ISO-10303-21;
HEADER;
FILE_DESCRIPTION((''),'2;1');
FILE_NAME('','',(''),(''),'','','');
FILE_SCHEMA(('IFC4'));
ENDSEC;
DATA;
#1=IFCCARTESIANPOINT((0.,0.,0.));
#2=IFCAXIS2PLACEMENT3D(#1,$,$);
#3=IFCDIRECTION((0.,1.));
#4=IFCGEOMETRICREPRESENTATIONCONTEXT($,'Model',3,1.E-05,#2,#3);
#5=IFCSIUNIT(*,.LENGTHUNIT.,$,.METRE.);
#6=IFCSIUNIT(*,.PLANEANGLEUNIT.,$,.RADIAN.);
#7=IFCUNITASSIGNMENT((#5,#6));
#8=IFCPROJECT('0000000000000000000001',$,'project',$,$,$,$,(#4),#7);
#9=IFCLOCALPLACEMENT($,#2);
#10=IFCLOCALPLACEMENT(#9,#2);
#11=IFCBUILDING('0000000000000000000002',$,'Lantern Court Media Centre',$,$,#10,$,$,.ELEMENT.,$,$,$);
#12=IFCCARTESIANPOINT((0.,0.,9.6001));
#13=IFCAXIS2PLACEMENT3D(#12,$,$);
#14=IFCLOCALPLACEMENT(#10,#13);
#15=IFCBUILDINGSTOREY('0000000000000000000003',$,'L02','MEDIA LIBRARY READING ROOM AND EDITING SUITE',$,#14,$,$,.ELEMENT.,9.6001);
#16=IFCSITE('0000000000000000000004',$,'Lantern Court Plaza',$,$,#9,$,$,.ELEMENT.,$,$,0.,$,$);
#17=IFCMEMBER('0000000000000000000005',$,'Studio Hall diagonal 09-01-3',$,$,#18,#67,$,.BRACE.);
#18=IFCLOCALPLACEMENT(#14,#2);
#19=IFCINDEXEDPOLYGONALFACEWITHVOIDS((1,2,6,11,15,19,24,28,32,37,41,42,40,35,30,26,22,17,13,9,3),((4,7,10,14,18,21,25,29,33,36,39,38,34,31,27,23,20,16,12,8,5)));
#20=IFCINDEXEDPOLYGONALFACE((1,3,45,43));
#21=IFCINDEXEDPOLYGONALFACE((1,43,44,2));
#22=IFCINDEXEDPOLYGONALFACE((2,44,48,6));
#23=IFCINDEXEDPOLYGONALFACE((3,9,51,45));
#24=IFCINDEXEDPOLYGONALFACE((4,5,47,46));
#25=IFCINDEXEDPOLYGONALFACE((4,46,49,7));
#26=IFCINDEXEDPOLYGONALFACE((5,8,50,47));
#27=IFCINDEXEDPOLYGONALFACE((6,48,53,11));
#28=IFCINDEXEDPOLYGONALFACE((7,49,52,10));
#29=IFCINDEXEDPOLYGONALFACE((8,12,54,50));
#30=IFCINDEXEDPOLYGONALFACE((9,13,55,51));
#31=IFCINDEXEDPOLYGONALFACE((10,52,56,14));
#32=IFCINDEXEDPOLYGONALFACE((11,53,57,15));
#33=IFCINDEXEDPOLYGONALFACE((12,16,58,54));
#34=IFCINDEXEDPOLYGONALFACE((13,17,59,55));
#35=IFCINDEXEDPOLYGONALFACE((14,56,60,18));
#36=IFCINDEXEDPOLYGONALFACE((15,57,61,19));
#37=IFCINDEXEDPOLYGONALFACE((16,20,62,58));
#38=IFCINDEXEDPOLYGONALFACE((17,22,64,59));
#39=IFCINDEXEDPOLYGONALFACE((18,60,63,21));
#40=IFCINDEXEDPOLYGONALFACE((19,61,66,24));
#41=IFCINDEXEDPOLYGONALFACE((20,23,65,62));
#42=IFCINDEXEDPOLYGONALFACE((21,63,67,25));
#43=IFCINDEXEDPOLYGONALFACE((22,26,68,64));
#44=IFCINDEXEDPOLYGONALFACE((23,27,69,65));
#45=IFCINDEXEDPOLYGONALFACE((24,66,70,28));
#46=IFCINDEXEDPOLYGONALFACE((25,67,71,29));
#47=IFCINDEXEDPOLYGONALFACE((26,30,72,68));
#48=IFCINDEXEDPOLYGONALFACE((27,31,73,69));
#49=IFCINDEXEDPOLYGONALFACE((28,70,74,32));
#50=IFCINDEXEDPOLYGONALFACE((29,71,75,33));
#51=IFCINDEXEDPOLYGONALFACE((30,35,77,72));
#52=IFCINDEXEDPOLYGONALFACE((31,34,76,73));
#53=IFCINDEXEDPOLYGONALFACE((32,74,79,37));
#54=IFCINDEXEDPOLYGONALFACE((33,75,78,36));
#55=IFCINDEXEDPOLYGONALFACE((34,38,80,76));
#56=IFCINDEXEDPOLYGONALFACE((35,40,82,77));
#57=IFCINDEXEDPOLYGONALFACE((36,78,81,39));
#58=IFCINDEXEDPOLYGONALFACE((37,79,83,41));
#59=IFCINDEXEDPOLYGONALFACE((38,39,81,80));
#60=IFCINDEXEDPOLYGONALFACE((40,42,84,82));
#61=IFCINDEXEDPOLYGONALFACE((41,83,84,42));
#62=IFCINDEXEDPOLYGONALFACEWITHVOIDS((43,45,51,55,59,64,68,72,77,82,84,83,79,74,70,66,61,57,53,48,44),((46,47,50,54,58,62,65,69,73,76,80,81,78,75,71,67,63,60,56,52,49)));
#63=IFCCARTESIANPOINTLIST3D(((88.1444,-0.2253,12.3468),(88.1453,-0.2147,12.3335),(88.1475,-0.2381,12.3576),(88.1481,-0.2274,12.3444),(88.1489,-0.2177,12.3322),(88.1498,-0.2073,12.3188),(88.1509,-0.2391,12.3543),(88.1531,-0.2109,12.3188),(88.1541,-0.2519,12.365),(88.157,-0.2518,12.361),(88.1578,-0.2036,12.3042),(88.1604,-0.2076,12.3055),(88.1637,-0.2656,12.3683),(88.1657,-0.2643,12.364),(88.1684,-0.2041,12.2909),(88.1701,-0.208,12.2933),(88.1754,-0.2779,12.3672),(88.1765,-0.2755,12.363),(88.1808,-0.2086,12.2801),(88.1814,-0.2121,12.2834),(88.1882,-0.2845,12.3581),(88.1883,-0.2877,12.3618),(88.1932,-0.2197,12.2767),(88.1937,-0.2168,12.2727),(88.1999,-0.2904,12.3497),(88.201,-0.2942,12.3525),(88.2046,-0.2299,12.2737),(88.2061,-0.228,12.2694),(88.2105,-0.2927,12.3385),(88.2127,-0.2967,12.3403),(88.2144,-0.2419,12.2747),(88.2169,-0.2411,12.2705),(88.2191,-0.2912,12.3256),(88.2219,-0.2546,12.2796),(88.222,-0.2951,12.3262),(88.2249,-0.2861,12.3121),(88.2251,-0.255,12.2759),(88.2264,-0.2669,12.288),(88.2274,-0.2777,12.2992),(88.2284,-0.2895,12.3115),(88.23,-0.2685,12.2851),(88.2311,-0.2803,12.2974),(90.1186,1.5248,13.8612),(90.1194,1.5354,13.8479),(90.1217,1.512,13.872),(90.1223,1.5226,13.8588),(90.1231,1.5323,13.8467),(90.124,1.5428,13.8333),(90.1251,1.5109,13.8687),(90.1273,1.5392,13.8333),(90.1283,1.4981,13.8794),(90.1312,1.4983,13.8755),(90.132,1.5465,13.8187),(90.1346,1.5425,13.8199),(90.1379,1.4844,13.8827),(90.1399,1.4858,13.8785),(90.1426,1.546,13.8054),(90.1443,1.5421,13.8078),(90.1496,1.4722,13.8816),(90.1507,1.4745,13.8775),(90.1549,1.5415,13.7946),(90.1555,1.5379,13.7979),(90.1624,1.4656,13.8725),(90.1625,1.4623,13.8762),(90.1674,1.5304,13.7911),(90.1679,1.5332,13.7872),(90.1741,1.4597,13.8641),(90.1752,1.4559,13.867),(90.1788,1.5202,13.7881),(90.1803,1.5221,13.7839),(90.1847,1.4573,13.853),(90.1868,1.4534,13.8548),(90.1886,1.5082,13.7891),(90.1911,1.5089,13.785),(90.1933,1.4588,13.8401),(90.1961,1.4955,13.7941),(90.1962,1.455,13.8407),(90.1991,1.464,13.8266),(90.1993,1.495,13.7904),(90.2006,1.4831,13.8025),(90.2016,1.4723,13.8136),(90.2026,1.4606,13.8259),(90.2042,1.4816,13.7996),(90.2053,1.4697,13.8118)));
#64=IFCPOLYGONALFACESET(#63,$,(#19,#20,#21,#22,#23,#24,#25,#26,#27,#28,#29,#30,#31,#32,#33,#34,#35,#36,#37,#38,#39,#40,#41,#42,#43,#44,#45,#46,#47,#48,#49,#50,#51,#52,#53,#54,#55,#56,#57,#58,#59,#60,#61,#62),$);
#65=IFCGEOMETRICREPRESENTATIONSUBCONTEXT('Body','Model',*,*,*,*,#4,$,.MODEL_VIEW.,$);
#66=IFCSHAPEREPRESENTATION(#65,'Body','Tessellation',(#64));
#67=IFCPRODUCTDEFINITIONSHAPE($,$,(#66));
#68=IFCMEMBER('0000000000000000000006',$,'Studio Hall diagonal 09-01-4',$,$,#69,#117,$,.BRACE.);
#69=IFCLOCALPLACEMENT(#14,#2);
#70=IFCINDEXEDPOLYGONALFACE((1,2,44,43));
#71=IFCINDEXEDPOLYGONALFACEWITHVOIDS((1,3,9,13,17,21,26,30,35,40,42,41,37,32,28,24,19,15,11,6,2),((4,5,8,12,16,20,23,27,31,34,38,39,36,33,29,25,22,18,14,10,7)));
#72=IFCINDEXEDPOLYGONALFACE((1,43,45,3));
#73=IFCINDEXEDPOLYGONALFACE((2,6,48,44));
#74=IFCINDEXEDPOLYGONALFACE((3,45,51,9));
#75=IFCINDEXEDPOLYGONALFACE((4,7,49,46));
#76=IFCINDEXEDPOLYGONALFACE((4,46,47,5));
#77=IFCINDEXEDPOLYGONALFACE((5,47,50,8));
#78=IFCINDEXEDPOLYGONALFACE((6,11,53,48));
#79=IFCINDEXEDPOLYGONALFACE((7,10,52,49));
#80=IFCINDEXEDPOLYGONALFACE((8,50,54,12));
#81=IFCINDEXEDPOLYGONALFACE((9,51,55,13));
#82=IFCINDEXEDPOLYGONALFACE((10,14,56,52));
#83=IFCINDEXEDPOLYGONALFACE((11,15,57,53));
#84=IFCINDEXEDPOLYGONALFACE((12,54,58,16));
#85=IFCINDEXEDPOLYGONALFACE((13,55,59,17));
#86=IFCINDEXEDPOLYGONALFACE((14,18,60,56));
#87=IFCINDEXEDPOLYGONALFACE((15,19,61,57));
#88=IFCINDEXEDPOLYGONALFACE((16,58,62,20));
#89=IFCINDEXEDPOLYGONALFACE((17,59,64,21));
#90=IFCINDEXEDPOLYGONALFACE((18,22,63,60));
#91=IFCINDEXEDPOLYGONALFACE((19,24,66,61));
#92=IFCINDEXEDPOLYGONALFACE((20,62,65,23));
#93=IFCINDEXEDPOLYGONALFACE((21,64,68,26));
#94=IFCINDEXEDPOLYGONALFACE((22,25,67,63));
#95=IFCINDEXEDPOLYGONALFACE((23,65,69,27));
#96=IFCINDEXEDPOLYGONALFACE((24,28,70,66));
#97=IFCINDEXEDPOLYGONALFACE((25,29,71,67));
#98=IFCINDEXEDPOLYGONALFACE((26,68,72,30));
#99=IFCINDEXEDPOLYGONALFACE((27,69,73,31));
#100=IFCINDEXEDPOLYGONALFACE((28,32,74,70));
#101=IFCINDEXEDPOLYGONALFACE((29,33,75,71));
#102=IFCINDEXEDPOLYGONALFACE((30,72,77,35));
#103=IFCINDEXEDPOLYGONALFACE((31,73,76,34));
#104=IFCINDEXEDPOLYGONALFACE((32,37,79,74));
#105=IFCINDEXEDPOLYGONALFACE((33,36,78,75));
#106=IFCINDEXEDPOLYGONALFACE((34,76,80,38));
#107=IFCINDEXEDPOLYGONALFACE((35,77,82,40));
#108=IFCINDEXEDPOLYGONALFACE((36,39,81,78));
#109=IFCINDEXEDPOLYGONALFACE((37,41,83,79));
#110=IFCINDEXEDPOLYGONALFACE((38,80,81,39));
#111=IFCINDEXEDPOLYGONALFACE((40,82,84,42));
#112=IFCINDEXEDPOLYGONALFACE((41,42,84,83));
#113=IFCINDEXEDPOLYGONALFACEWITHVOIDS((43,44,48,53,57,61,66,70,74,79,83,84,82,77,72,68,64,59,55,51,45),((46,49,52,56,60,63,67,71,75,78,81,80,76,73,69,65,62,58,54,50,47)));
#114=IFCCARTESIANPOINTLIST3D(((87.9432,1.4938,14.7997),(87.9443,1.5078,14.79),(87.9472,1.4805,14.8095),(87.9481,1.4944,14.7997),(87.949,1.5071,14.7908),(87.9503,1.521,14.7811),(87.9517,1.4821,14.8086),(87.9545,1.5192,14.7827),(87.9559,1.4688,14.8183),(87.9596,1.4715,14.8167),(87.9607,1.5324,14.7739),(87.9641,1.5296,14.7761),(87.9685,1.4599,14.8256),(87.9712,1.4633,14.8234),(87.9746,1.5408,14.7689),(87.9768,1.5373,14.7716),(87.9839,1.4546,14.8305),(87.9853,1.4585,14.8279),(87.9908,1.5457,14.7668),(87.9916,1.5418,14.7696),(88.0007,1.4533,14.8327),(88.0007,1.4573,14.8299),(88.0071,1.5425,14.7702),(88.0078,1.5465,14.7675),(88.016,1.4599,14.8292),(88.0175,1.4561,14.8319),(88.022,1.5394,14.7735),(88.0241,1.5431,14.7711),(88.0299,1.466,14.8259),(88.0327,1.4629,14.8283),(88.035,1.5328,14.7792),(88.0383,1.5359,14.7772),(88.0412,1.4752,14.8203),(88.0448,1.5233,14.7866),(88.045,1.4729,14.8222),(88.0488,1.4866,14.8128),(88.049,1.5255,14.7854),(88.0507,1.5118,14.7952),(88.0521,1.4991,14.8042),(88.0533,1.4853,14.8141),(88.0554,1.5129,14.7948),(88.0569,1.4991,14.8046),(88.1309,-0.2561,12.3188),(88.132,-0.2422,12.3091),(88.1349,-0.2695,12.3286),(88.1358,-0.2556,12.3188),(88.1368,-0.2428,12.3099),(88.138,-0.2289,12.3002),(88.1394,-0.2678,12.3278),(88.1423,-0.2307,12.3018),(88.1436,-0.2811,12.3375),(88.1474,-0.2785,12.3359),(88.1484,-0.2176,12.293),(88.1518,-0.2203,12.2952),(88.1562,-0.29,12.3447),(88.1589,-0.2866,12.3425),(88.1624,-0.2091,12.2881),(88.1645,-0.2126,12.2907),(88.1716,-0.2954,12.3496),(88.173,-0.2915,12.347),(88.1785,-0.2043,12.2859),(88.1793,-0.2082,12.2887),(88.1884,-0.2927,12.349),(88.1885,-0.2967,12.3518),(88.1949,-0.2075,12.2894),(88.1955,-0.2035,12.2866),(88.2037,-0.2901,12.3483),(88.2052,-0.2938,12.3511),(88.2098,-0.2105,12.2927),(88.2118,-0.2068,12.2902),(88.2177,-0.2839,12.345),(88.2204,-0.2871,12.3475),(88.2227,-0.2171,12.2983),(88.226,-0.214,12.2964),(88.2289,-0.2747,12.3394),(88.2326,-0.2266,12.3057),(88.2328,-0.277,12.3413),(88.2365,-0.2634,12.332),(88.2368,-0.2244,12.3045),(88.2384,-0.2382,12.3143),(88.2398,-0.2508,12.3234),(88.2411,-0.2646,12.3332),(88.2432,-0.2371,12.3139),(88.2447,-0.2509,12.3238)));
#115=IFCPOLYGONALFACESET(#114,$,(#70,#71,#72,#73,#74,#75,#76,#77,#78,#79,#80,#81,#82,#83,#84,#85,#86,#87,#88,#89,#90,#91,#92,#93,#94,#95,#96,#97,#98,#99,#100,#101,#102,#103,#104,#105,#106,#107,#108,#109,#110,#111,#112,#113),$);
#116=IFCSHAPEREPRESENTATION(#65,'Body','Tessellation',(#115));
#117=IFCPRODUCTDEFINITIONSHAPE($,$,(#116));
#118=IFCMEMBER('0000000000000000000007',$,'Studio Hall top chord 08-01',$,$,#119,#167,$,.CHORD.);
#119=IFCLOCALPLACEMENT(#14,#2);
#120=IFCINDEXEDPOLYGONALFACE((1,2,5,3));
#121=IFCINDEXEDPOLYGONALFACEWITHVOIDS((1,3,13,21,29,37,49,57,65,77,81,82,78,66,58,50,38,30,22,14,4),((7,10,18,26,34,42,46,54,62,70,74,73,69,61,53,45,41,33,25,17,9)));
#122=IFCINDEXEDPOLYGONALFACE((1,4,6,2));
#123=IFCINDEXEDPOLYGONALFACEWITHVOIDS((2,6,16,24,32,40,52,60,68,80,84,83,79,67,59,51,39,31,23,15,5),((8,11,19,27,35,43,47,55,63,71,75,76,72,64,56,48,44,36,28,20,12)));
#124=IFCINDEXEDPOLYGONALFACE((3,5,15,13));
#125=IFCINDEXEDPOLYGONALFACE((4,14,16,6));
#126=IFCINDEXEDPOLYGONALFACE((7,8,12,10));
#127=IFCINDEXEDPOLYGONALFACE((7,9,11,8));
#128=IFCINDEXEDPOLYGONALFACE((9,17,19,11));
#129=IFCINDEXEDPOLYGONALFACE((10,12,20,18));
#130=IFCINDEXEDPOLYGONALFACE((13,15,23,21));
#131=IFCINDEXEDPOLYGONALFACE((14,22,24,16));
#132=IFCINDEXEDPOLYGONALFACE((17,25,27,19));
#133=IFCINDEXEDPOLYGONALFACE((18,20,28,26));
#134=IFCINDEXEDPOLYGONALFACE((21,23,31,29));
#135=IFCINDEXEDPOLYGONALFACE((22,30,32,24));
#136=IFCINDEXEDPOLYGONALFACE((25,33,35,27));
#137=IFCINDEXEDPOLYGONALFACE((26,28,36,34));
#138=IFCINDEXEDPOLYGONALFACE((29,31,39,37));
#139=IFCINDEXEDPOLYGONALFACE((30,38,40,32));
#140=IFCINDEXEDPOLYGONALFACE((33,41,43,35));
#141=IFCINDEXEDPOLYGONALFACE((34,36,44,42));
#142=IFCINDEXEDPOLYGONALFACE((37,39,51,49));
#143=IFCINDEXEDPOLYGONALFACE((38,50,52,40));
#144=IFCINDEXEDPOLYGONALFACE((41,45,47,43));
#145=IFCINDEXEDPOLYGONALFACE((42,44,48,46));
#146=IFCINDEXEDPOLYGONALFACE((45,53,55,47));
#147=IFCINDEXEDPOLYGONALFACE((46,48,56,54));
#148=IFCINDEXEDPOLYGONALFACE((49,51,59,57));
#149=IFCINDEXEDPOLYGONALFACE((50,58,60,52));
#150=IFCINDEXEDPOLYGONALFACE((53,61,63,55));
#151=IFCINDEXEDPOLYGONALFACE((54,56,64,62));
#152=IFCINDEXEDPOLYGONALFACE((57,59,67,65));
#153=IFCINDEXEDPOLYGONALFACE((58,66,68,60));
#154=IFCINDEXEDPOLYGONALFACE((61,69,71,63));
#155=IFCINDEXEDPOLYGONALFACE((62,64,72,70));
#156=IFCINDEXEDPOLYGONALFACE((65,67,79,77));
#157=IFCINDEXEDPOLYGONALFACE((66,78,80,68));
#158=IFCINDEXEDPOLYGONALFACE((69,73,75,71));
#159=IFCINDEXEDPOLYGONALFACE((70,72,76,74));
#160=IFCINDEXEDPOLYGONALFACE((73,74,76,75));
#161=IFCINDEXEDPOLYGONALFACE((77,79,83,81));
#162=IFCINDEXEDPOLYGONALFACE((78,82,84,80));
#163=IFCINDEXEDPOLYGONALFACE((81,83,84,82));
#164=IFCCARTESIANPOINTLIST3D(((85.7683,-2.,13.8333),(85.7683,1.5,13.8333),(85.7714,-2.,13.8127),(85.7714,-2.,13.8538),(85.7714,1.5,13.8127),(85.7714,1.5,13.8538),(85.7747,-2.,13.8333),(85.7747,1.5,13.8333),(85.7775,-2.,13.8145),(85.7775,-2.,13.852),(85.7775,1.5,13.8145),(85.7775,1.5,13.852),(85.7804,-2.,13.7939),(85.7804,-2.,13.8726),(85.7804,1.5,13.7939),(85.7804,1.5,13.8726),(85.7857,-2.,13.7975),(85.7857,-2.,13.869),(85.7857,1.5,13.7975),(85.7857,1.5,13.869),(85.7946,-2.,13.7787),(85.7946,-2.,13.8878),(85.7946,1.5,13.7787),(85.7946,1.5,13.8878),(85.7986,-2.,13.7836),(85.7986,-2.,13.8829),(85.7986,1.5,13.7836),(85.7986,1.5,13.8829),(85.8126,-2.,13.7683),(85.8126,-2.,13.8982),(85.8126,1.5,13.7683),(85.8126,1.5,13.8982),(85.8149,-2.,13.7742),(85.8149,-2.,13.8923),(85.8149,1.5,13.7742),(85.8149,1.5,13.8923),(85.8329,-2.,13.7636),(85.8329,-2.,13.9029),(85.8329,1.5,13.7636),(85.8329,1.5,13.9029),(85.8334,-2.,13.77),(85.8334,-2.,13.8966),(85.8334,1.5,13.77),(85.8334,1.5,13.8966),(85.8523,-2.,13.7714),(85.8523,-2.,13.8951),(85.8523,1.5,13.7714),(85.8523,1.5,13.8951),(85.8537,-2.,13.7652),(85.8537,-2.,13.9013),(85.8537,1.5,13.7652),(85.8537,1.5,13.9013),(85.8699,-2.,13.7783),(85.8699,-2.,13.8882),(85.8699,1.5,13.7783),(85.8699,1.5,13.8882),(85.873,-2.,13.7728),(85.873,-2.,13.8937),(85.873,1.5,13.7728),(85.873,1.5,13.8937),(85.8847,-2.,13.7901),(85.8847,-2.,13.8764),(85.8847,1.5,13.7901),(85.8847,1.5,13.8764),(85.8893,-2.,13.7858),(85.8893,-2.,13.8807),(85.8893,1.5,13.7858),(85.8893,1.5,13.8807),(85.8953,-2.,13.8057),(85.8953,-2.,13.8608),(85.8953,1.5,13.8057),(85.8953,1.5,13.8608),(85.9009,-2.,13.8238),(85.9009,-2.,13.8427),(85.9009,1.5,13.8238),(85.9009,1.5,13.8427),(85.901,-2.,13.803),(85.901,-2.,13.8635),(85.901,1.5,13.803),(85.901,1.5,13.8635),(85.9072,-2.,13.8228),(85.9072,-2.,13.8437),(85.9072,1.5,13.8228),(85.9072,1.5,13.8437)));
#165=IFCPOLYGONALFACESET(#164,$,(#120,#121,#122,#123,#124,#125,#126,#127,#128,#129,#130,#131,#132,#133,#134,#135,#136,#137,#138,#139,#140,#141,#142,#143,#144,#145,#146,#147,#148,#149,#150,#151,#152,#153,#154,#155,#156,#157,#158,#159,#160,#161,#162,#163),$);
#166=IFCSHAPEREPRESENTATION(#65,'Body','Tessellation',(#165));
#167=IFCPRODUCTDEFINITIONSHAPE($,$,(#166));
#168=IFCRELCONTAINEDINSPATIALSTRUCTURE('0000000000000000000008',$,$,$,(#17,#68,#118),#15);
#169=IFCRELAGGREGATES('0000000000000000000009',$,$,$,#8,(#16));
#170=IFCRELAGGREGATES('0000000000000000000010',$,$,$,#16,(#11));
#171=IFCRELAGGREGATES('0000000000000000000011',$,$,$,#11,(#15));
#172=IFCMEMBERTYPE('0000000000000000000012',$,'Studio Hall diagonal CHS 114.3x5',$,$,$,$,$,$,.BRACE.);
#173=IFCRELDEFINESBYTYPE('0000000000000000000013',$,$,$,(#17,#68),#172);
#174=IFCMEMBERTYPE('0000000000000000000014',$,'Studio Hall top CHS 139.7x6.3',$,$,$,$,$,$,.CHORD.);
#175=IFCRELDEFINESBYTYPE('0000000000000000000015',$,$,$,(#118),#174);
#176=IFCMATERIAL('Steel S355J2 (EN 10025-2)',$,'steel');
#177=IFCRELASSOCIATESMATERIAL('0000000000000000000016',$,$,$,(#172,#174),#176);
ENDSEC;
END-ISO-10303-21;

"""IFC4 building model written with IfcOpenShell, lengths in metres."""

from ifc_helpers import new_model, si_unit, direction, frame, origin, origin_2d, place, context, subcontext, project, spatial, hollow_circle, extrude, material, material_profile, profile_set, type_object, element, save


model = new_model("IFC4")

# Units and contexts
model_context = context("Model", 3, precision=1e-05, world=origin(), true_north=direction((0.0, 1.0)))
body_context = subcontext(model_context, "Body", "Model", "MODEL_VIEW")
ifc_project = project(units=[si_unit("LENGTHUNIT", "METRE"), si_unit("PLANEANGLEUNIT", "RADIAN")], contexts=[model_context])

# Site, building, storey
site_placement = place(None, origin())
site = spatial("IfcSite", under=ifc_project, at=site_placement, Name="Lantern Court Plaza", CompositionType="ELEMENT", RefElevation=0.0)
building_placement = place(site_placement, origin())
building = spatial("IfcBuilding", under=site, at=building_placement, Name="Lantern Court Media Centre", CompositionType="ELEMENT")
storey_placement = place(building_placement, frame((0.0, 0.0, 9.6001)))
storey = spatial("IfcBuildingStorey", under=building, at=storey_placement, Name="L02", Description="MEDIA LIBRARY READING ROOM AND EDITING SUITE", CompositionType="ELEMENT", Elevation=9.6001)

# Members
ifc_material = material(Name="Steel S355J2 (EN 10025-2)", Category="steel")
ifc_material_profile_1 = material_profile(ifc_material, hollow_circle(Radius=0.0571, WallThickness=0.0049, at=origin_2d()), Name="Studio Hall diagonal CHS 114.3x5")
ifc_profile_set_1 = profile_set([ifc_material_profile_1], Name="Steel S355J2 (EN 10025-2)")
member_type_1 = type_object("IfcMemberType", Name="Studio Hall diagonal CHS 114.3x5", PredefinedType="BRACE", material=ifc_profile_set_1)
for number, where, z_axis, x_axis, name in (
    (1, (88.1877, -0.25, 12.3188), (0.648979, 0.575301, 0.49785), (-0.663352, 0.748307, 0.0), "Studio Hall diagonal 09-01-3"),
):
    element("IfcMember", number, at=place(storey_placement, frame(where, z_axis=z_axis, x_axis=x_axis)), inside=storey, type_object=member_type_1, Name=name, PredefinedType="BRACE", context=body_context, shape_type="SweptSolid", body=[
        extrude(hollow_circle(Radius=0.0571, WallThickness=0.0049, at=origin_2d()), origin(), (0.0, 0.0, 1.0), 3.042),
    ])
member_1_placement = place(storey_placement, frame((88.1877, -0.25, 12.3188), z_axis=(-0.06172, 0.575306, 0.815606), x_axis=(-0.994294, -0.10667, 0.0)))
element("IfcMember", 2, at=member_1_placement, inside=storey, type_object=member_type_1, Name="Studio Hall diagonal 09-01-4", PredefinedType="BRACE", context=body_context, shape_type="SweptSolid", body=[
    extrude(hollow_circle(Radius=0.0571, WallThickness=0.0049, at=origin_2d()), origin(), (0.0, 0.0, 1.0), 3.0417),
])
ifc_material_profile_2 = material_profile(ifc_material, hollow_circle(Radius=0.0698, WallThickness=0.0063, at=origin_2d()), Name="Studio Hall top CHS 139.7x6.3")
ifc_profile_set_2 = profile_set([ifc_material_profile_2], Name="Steel S355J2 (EN 10025-2)")
member_type_2 = type_object("IfcMemberType", Name="Studio Hall top CHS 139.7x6.3", PredefinedType="CHORD", material=ifc_profile_set_2)
for number, where, z_axis, x_axis, name in (
    (3, (85.8381, -2.0, 13.8333), (0.0, 1.0, 0.0), (-1.0, 0.0, 0.0), "Studio Hall top chord 08-01"),
):
    element("IfcMember", number, at=place(storey_placement, frame(where, z_axis=z_axis, x_axis=x_axis)), inside=storey, type_object=member_type_2, Name=name, PredefinedType="CHORD", context=body_context, shape_type="SweptSolid", body=[
        extrude(hollow_circle(Radius=0.0698, WallThickness=0.0063, at=origin_2d()), origin(), (0.0, 0.0, 1.0), 3.5),
    ])

save(model, "model.ifc")
